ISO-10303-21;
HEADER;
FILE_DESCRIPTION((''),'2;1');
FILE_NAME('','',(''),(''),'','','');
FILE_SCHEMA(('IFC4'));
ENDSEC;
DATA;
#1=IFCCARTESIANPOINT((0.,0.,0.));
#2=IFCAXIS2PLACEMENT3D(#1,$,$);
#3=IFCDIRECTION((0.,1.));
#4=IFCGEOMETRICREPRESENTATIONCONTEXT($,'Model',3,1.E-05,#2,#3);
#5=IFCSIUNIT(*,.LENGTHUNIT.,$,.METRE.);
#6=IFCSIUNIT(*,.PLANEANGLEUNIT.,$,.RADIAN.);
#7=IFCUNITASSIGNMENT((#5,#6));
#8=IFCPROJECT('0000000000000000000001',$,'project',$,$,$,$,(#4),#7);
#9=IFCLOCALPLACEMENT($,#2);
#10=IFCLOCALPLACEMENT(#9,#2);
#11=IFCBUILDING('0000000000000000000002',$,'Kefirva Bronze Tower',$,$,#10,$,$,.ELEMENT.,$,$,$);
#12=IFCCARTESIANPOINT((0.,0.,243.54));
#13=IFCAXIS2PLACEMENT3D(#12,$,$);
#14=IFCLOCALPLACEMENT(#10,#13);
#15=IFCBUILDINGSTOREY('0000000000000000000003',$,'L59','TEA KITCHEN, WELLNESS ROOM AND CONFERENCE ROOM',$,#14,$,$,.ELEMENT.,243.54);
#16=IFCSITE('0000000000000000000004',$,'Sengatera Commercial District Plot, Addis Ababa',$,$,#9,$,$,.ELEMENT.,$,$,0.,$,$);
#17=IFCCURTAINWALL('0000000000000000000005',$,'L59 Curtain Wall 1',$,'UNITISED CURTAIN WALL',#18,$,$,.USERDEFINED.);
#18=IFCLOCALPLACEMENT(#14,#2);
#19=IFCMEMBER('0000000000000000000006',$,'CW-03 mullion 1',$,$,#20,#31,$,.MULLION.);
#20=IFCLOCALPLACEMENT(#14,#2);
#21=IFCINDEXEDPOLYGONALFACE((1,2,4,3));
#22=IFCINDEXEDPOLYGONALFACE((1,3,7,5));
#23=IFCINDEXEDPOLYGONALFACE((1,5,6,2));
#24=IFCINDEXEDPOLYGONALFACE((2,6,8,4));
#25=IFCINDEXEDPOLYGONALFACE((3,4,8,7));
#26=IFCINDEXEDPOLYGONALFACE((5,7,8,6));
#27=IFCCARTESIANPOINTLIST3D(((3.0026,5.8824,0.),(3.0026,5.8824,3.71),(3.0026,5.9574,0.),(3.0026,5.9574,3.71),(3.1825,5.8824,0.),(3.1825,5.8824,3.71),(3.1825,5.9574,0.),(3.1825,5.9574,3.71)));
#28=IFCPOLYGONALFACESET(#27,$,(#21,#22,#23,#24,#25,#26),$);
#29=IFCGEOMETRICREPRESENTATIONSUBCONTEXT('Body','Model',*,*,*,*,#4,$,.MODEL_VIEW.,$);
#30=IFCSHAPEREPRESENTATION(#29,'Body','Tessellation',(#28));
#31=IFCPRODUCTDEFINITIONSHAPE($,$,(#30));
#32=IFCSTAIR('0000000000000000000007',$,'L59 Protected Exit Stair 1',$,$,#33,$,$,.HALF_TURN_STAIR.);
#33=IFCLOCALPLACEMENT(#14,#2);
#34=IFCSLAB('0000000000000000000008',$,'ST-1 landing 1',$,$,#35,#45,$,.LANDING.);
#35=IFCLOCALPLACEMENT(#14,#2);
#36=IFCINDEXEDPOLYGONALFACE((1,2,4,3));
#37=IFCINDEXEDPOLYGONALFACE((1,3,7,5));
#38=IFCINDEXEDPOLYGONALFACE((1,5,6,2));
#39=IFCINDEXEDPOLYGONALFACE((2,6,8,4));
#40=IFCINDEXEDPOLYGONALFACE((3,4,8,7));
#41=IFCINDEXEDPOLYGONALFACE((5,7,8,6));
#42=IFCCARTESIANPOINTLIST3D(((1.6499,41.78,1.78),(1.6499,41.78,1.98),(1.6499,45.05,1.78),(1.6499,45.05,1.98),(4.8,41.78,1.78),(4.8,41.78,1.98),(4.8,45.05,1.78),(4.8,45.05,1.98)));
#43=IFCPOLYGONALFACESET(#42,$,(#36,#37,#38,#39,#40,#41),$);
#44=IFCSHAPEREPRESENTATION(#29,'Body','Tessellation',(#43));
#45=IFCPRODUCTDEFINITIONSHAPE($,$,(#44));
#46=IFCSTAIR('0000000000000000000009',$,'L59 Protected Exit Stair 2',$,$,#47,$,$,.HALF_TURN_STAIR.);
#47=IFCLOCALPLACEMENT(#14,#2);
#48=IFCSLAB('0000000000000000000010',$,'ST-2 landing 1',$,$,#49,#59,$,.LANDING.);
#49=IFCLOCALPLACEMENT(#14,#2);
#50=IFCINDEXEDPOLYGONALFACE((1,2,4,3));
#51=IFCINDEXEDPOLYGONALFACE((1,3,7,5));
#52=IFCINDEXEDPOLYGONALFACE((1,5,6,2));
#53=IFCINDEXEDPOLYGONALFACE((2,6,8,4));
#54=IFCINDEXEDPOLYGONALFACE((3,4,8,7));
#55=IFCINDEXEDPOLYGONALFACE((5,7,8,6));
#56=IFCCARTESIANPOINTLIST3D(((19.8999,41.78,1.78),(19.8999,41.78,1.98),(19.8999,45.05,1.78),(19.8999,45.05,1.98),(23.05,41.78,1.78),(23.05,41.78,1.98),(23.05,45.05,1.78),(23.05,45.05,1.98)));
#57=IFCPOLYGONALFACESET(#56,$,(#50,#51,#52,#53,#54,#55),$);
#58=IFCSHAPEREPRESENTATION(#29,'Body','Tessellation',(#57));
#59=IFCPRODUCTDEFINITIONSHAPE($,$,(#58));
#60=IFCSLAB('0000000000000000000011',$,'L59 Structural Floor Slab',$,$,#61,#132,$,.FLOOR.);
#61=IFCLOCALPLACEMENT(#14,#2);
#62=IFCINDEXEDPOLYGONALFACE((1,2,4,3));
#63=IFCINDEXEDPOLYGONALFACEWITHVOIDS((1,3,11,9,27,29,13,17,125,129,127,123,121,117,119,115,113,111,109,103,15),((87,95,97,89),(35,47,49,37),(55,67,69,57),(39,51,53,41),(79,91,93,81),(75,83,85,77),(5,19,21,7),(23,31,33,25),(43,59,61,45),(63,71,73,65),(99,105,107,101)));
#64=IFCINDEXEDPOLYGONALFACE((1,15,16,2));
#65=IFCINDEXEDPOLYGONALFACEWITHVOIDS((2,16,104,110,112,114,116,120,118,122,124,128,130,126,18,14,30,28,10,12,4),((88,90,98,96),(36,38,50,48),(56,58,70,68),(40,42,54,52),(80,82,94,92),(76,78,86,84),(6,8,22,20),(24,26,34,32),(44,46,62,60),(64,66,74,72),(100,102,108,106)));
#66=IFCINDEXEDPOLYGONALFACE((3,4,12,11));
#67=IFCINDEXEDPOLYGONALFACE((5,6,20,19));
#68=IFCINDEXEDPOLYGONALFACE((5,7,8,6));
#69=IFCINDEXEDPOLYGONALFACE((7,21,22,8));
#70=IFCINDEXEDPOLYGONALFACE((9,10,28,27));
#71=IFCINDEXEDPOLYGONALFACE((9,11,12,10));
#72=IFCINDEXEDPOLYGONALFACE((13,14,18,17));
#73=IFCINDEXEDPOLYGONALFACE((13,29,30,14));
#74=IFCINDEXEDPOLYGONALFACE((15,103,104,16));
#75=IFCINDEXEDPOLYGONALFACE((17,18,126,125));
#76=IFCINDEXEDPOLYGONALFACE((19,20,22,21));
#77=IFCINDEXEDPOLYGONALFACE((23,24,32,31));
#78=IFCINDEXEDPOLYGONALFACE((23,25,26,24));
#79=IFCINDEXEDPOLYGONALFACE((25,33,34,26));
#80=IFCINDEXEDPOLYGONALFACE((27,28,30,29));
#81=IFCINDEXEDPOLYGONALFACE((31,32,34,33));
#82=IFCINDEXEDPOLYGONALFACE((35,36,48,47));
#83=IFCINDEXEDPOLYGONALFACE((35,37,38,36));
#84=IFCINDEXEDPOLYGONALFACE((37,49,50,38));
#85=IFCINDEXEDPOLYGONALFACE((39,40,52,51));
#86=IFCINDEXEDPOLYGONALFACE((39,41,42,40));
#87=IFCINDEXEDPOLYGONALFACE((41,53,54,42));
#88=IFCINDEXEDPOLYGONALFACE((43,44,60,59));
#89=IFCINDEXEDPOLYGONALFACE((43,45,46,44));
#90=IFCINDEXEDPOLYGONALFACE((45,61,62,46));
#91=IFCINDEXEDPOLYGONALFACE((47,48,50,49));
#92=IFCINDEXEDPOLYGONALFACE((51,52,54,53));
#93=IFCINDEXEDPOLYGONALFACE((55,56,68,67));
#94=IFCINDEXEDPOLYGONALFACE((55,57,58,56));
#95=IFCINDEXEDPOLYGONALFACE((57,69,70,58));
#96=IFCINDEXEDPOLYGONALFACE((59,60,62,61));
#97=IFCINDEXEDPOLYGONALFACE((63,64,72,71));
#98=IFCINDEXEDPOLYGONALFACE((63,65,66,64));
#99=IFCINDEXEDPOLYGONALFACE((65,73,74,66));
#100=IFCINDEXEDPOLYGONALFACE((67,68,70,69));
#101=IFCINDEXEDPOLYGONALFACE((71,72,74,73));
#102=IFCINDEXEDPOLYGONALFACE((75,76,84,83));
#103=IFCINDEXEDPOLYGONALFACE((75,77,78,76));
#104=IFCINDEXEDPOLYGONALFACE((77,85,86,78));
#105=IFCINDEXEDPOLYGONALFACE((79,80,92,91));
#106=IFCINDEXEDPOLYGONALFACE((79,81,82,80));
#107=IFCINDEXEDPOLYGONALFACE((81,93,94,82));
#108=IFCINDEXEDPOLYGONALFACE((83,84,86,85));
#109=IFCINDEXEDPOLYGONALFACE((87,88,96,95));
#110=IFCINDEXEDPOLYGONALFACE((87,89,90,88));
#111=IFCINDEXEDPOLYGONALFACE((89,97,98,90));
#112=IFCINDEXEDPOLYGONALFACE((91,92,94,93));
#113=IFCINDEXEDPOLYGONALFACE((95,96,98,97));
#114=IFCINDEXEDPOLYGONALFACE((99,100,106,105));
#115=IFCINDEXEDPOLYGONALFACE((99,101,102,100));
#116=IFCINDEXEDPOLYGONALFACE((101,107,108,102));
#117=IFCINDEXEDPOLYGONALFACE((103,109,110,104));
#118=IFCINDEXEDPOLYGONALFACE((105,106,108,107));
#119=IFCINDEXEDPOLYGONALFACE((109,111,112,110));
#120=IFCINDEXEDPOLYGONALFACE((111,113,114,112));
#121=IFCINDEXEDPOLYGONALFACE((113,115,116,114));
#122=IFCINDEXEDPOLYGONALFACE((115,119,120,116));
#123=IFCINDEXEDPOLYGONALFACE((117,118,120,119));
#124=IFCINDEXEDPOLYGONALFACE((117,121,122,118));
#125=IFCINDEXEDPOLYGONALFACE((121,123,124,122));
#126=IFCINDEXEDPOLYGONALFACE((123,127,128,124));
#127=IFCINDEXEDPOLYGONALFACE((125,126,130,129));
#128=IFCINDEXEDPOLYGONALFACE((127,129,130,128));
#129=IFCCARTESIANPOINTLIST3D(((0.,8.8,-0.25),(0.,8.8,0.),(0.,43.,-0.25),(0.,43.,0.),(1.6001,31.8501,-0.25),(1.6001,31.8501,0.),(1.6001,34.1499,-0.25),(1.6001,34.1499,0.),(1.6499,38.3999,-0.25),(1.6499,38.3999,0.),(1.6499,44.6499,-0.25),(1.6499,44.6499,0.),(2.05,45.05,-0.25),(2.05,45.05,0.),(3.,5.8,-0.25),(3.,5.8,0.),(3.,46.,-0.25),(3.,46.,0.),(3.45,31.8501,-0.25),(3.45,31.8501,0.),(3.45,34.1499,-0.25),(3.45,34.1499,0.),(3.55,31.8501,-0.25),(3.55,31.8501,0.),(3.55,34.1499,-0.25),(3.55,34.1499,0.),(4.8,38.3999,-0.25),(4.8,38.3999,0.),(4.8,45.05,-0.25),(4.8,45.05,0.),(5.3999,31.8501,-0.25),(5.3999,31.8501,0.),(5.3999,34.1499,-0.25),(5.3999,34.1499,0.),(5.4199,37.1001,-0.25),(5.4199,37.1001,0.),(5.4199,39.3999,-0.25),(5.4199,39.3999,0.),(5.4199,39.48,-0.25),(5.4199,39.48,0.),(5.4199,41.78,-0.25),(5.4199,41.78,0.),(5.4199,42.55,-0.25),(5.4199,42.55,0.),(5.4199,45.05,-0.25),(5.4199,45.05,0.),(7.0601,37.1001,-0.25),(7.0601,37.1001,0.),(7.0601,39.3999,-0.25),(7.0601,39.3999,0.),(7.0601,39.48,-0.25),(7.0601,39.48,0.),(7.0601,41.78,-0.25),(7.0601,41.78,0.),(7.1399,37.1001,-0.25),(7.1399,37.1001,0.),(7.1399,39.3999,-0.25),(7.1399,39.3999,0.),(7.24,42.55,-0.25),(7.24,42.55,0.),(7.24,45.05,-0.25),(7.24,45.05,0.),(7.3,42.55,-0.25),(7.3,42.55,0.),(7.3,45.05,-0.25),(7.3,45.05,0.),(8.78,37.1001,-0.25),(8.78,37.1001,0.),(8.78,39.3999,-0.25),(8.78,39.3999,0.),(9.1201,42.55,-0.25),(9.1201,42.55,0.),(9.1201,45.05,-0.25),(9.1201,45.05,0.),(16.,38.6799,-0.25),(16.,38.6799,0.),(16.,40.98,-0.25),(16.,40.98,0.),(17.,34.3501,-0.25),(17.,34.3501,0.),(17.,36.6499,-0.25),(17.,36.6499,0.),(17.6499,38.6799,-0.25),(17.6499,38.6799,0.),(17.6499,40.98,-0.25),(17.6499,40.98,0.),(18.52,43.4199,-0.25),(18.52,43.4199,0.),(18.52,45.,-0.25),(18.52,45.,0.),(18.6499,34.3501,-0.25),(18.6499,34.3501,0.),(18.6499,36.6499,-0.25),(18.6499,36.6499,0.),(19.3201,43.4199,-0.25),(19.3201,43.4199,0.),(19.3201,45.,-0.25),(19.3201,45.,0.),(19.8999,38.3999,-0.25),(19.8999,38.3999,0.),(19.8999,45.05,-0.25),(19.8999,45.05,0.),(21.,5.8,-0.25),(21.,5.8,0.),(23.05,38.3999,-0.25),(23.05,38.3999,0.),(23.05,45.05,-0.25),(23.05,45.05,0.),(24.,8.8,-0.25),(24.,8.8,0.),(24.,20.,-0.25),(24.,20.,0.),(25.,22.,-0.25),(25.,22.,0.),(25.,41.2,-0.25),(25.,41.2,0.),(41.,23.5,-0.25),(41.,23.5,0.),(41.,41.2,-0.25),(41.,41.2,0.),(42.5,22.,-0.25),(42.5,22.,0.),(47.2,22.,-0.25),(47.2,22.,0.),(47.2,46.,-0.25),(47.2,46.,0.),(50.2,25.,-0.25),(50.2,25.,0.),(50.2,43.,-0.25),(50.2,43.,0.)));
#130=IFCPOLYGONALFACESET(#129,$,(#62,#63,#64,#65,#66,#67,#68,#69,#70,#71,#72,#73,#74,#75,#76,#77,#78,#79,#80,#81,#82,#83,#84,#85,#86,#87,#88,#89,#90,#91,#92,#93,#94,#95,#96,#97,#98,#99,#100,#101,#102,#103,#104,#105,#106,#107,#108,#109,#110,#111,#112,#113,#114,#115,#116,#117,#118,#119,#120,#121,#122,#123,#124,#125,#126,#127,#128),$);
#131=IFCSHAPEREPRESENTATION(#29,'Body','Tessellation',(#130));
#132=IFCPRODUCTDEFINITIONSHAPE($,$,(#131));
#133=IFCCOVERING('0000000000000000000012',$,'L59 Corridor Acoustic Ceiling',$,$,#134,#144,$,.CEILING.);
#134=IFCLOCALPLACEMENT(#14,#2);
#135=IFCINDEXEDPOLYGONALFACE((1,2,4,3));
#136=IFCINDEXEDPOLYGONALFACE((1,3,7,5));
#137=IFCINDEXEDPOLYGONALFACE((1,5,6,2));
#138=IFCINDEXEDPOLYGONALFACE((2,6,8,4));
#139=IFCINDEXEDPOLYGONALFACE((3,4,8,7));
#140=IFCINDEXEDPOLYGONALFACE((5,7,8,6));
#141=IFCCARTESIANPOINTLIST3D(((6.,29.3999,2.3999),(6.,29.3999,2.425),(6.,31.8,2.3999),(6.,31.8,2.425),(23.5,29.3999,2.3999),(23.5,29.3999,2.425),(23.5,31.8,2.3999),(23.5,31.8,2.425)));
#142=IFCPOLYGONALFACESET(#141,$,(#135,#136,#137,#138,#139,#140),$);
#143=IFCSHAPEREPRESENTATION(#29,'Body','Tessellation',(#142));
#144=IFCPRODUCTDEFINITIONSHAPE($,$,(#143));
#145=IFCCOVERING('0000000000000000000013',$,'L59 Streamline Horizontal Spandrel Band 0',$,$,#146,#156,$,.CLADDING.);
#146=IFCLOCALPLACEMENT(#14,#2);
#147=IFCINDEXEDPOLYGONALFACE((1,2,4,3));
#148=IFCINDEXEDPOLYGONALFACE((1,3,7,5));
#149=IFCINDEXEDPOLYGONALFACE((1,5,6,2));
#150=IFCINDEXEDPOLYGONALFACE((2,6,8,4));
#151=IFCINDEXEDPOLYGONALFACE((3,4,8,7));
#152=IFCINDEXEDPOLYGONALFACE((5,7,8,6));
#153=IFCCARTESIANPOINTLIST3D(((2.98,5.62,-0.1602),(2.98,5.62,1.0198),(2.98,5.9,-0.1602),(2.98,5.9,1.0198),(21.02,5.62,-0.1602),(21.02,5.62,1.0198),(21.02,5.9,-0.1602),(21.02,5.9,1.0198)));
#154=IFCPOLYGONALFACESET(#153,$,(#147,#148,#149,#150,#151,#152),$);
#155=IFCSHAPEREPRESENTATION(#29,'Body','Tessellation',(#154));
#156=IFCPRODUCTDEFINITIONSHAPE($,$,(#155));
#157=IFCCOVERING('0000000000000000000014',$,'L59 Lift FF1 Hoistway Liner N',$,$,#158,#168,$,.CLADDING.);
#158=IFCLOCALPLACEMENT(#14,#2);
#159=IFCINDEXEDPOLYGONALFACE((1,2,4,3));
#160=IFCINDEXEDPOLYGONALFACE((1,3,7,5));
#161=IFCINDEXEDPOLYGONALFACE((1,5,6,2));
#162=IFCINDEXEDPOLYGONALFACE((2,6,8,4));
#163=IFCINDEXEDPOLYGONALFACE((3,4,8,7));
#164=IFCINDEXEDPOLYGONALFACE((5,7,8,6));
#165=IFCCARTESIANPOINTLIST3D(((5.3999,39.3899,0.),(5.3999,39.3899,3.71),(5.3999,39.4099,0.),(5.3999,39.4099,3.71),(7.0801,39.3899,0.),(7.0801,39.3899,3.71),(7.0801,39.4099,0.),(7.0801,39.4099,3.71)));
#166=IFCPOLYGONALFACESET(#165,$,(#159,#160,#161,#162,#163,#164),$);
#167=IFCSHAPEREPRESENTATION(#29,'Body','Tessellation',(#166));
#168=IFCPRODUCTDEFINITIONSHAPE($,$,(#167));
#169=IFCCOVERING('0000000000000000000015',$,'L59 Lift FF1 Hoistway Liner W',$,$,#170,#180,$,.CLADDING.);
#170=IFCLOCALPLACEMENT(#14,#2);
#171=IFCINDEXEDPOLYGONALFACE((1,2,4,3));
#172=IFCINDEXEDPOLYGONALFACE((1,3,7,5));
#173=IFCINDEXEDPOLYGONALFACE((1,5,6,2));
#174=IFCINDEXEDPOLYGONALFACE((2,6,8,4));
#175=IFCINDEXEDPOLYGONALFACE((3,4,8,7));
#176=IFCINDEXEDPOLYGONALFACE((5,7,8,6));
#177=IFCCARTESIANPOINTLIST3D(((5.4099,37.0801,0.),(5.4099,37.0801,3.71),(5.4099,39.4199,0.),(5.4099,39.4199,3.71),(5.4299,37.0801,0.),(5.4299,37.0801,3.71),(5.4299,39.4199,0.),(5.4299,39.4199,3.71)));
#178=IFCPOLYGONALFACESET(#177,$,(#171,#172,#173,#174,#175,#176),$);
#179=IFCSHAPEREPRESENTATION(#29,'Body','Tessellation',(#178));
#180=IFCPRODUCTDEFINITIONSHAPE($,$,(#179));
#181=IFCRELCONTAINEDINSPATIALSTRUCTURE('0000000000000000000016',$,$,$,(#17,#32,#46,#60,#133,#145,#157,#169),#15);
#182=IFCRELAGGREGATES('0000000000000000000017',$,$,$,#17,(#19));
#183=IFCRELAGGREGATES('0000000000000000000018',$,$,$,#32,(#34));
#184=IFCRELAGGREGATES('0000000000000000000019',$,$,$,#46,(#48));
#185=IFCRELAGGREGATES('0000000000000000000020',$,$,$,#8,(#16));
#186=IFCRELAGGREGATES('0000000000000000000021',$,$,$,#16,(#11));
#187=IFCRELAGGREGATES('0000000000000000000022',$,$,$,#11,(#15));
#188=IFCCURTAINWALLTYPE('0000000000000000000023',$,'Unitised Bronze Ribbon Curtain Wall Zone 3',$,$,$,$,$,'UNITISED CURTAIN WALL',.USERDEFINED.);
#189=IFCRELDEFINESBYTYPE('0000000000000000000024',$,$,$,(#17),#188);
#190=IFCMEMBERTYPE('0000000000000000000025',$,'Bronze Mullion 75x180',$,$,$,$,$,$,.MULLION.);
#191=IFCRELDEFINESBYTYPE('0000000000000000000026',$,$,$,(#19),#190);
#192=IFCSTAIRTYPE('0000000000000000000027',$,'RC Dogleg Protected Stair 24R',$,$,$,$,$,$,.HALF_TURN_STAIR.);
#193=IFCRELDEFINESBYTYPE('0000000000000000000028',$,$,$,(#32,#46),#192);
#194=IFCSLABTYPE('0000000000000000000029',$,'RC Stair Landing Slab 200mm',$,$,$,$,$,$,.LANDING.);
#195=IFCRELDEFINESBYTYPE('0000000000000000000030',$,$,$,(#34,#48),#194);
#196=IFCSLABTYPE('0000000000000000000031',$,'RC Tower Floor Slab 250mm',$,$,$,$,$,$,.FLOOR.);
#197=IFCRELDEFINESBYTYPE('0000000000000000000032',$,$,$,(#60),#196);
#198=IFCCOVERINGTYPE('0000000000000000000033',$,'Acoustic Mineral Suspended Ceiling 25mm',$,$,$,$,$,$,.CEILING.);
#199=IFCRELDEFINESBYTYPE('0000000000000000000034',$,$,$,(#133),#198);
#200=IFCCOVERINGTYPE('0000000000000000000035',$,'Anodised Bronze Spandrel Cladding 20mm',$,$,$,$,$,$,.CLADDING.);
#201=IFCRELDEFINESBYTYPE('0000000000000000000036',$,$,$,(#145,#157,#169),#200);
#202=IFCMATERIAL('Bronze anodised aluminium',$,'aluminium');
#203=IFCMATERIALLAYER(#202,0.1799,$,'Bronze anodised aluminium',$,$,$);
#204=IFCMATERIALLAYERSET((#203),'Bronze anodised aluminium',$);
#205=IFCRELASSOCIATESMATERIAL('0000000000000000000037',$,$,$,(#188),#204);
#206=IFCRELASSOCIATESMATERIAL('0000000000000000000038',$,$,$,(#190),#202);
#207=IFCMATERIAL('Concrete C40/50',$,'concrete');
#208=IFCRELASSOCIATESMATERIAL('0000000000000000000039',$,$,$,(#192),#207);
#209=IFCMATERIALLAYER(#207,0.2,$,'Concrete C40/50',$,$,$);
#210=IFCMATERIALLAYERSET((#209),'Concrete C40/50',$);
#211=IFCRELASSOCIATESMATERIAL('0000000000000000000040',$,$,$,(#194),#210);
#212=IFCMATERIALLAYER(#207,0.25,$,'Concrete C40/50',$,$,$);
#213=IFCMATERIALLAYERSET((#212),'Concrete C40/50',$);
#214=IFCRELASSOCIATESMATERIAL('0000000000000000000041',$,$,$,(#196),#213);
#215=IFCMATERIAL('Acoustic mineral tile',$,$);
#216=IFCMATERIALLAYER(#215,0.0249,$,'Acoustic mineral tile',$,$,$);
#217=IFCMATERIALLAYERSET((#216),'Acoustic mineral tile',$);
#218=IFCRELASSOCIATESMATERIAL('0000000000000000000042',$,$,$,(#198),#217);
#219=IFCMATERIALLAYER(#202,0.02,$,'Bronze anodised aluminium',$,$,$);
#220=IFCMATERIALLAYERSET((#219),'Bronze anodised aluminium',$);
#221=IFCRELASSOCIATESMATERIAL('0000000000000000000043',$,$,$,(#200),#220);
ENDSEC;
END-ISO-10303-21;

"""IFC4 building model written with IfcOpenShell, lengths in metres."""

from ifc_helpers import new_model, si_unit, direction, frame, origin, origin_2d, place, context, subcontext, project, spatial, polyline, rectangle, outline, extrude, material, layer, layer_set, material_profile, profile_set, type_object, element, aggregate, save


model = new_model("IFC4")

# Units and contexts
model_context = context("Model", 3, precision=1e-05, world=origin(), true_north=direction((0.0, 1.0)))
body_context = subcontext(model_context, "Body", "Model", "MODEL_VIEW")
ifc_project = project(units=[si_unit("LENGTHUNIT", "METRE"), si_unit("PLANEANGLEUNIT", "RADIAN")], contexts=[model_context])

# Site, building, storey
site_placement = place(None, origin())
site = spatial("IfcSite", under=ifc_project, at=site_placement, Name="Sengatera Commercial District Plot, Addis Ababa", CompositionType="ELEMENT", RefElevation=0.0)
building_placement = place(site_placement, origin())
building = spatial("IfcBuilding", under=site, at=building_placement, Name="Kefirva Bronze Tower", CompositionType="ELEMENT")
storey_placement = place(building_placement, frame((0.0, 0.0, 243.54)))
storey = spatial("IfcBuildingStorey", under=building, at=storey_placement, Name="L59", Description="TEA KITCHEN, WELLNESS ROOM AND CONFERENCE ROOM", CompositionType="ELEMENT", Elevation=243.54)

# Curtain wall, member
ifc_material_1 = material(Name="Bronze anodised aluminium", Category="aluminium")
ifc_layer_1 = layer(ifc_material_1, 0.1799, Name="Bronze anodised aluminium")
ifc_layer_set_1 = layer_set([ifc_layer_1], Name="Bronze anodised aluminium")
curtain_wall_type = type_object("IfcCurtainWallType", Name="Unitised Bronze Ribbon Curtain Wall Zone 3", ElementType="UNITISED CURTAIN WALL", PredefinedType="USERDEFINED", material=ifc_layer_set_1)
curtain_wall_placement = place(storey_placement, origin())
curtain_wall = element("IfcCurtainWall", 1, at=curtain_wall_placement, inside=storey, type_object=curtain_wall_type, Name="L59 Curtain Wall 1", ObjectType="UNITISED CURTAIN WALL", PredefinedType="USERDEFINED")
ifc_material_profile = material_profile(ifc_material_1, rectangle(XDim=0.075, YDim=0.1799, at=origin_2d()), Name="ALU 75x180")
ifc_profile_set = profile_set([ifc_material_profile], Name="Bronze anodised aluminium")
member_type = type_object("IfcMemberType", Name="Bronze Mullion 75x180", PredefinedType="MULLION", material=ifc_profile_set)
member_placement = place(storey_placement, frame((3.0925, 5.9199, 0.0), z_axis=(0.0, 0.0, 1.0), x_axis=(0.0, 1.0, 0.0)))
member = element("IfcMember", 2, at=member_placement, type_object=member_type, Name="CW-03 mullion 1", PredefinedType="MULLION", context=body_context, shape_type="SweptSolid", body=[
    extrude(rectangle(XDim=0.075, YDim=0.1799, at=origin_2d()), origin(), (0.0, 0.0, 1.0), 3.71),
])
aggregate(curtain_wall, [member])

# Stairs, slabs
ifc_material_2 = material(Name="Concrete C40/50", Category="concrete")
stair_type = type_object("IfcStairType", Name="RC Dogleg Protected Stair 24R", PredefinedType="HALF_TURN_STAIR", material=ifc_material_2)
stair_1_placement = place(storey_placement, origin())
stair_1 = element("IfcStair", 3, at=stair_1_placement, inside=storey, type_object=stair_type, Name="L59 Protected Exit Stair 1", PredefinedType="HALF_TURN_STAIR")
ifc_layer_2 = layer(ifc_material_2, 0.2, Name="Concrete C40/50")
ifc_layer_set_2 = layer_set([ifc_layer_2], Name="Concrete C40/50")
slab_type_1 = type_object("IfcSlabType", Name="RC Stair Landing Slab 200mm", PredefinedType="LANDING", material=ifc_layer_set_2)
slab_1_placement = place(storey_placement, frame((0.0, 0.0, 1.78)))
slab_1 = element("IfcSlab", 4, at=slab_1_placement, type_object=slab_type_1, Name="ST-1 landing 1", PredefinedType="LANDING", context=body_context, shape_type="SweptSolid", body=[
    extrude(outline(polyline([(4.8, 41.78), (4.8, 45.05), (1.6499, 45.05), (1.6499, 41.78), (4.8, 41.78)])), origin(), (0.0, 0.0, 1.0), 0.2),
])
aggregate(stair_1, [slab_1])
stair_2_placement = place(storey_placement, origin())
stair_2 = element("IfcStair", 5, at=stair_2_placement, inside=storey, type_object=stair_type, Name="L59 Protected Exit Stair 2", PredefinedType="HALF_TURN_STAIR")
slab_2_placement = place(storey_placement, frame((0.0, 0.0, 1.78)))
slab_2 = element("IfcSlab", 6, at=slab_2_placement, type_object=slab_type_1, Name="ST-2 landing 1", PredefinedType="LANDING", context=body_context, shape_type="SweptSolid", body=[
    extrude(outline(polyline([(23.05, 41.78), (23.05, 45.05), (19.8999, 45.05), (19.8999, 41.78), (23.05, 41.78)])), origin(), (0.0, 0.0, 1.0), 0.2),
])
aggregate(stair_2, [slab_2])

# Slab
ifc_layer_3 = layer(ifc_material_2, 0.25, Name="Concrete C40/50")
ifc_layer_set_3 = layer_set([ifc_layer_3], Name="Concrete C40/50")
slab_type_2 = type_object("IfcSlabType", Name="RC Tower Floor Slab 250mm", PredefinedType="FLOOR", material=ifc_layer_set_3)
slab_3_placement = place(storey_placement, frame((0.0, 0.0, -0.25)))
element("IfcSlab", 7, at=slab_3_placement, inside=storey, type_object=slab_type_2, Name="L59 Structural Floor Slab", PredefinedType="FLOOR", context=body_context, shape_type="SweptSolid", body=[
    extrude(outline(polyline([(0.0, 8.8), (0.0, 43.0), (1.6499, 44.6499), (1.6499, 38.3999), (4.8, 38.3999), (4.8, 45.05), (2.05, 45.05), (3.0, 46.0), (47.2, 46.0), (50.2, 43.0), (50.2, 25.0), (47.2, 22.0), (42.5, 22.0), (41.0, 23.5), (41.0, 41.2), (25.0, 41.2), (25.0, 22.0), (24.0, 20.0), (24.0, 8.8), (21.0, 5.8), (3.0, 5.8), (0.0, 8.8)]), holes=[polyline([(23.05, 45.05), (19.8999, 45.05), (19.8999, 38.3999), (23.05, 38.3999), (23.05, 45.05)]), polyline([(19.3201, 43.4199), (19.3201, 45.0), (18.52, 45.0), (18.52, 43.4199), (19.3201, 43.4199)]), polyline([(18.6499, 36.6499), (17.0, 36.6499), (17.0, 34.3501), (18.6499, 34.3501), (18.6499, 36.6499)]), polyline([(17.6499, 38.6799), (17.6499, 40.98), (16.0, 40.98), (16.0, 38.6799), (17.6499, 38.6799)]), polyline([(9.1201, 42.55), (9.1201, 45.05), (7.3, 45.05), (7.3, 42.55), (9.1201, 42.55)]), polyline([(8.78, 37.1001), (8.78, 39.3999), (7.1399, 39.3999), (7.1399, 37.1001), (8.78, 37.1001)]), polyline([(7.24, 42.55), (7.24, 45.05), (5.4199, 45.05), (5.4199, 42.55), (7.24, 42.55)]), polyline([(7.0601, 37.1001), (7.0601, 39.3999), (5.4199, 39.3999), (5.4199, 37.1001), (7.0601, 37.1001)]), polyline([(7.0601, 41.78), (5.4199, 41.78), (5.4199, 39.48), (7.0601, 39.48), (7.0601, 41.78)]), polyline([(5.3999, 31.8501), (5.3999, 34.1499), (3.55, 34.1499), (3.55, 31.8501), (5.3999, 31.8501)]), polyline([(3.45, 34.1499), (1.6001, 34.1499), (1.6001, 31.8501), (3.45, 31.8501), (3.45, 34.1499)])]), origin(), (0.0, 0.0, 1.0), 0.25),
])

# Coverings
ifc_material_3 = material(Name="Acoustic mineral tile")
ifc_layer_4 = layer(ifc_material_3, 0.0249, Name="Acoustic mineral tile")
ifc_layer_set_4 = layer_set([ifc_layer_4], Name="Acoustic mineral tile")
covering_type_1 = type_object("IfcCoveringType", Name="Acoustic Mineral Suspended Ceiling 25mm", PredefinedType="CEILING", material=ifc_layer_set_4)
covering_1_placement = place(storey_placement, frame((0.0, 0.0, 2.3999)))
element("IfcCovering", 8, at=covering_1_placement, inside=storey, type_object=covering_type_1, Name="L59 Corridor Acoustic Ceiling", PredefinedType="CEILING", context=body_context, shape_type="SweptSolid", body=[
    extrude(outline(polyline([(6.0, 29.3999), (23.5, 29.3999), (23.5, 31.8), (6.0, 31.8), (6.0, 29.3999)])), origin(), (0.0, 0.0, 1.0), 0.0251),
])
ifc_layer_5 = layer(ifc_material_1, 0.02, Name="Bronze anodised aluminium")
ifc_layer_set_5 = layer_set([ifc_layer_5], Name="Bronze anodised aluminium")
covering_type_2 = type_object("IfcCoveringType", Name="Anodised Bronze Spandrel Cladding 20mm", PredefinedType="CLADDING", material=ifc_layer_set_5)
covering_2_placement = place(storey_placement, frame((12.0, 5.76, -0.1602), z_axis=(0.0, 0.0, 1.0), x_axis=(1.0, 0.0, 0.0)))
element("IfcCovering", 9, at=covering_2_placement, inside=storey, type_object=covering_type_2, Name="L59 Streamline Horizontal Spandrel Band 0", PredefinedType="CLADDING", context=body_context, shape_type="SweptSolid", body=[
    extrude(rectangle(XDim=18.04, YDim=0.28, at=origin_2d()), origin(), (0.0, 0.0, 1.0), 1.1799),
])
covering_3_placement = place(storey_placement, origin())
element("IfcCovering", 10, at=covering_3_placement, inside=storey, type_object=covering_type_2, Name="L59 Lift FF1 Hoistway Liner N", PredefinedType="CLADDING", context=body_context, shape_type="SweptSolid", body=[
    extrude(outline(polyline([(5.3999, 39.3899), (7.0801, 39.3899), (7.0801, 39.4099), (5.3999, 39.4099), (5.3999, 39.3899)])), origin(), (0.0, 0.0, 1.0), 3.71),
])
covering_4_placement = place(storey_placement, origin())
element("IfcCovering", 11, at=covering_4_placement, inside=storey, type_object=covering_type_2, Name="L59 Lift FF1 Hoistway Liner W", PredefinedType="CLADDING", context=body_context, shape_type="SweptSolid", body=[
    extrude(outline(polyline([(5.4099, 37.0801), (5.4299, 37.0801), (5.4299, 39.4199), (5.4099, 39.4199), (5.4099, 37.0801)])), origin(), (0.0, 0.0, 1.0), 3.71),
])

save(model, "model.ifc")
